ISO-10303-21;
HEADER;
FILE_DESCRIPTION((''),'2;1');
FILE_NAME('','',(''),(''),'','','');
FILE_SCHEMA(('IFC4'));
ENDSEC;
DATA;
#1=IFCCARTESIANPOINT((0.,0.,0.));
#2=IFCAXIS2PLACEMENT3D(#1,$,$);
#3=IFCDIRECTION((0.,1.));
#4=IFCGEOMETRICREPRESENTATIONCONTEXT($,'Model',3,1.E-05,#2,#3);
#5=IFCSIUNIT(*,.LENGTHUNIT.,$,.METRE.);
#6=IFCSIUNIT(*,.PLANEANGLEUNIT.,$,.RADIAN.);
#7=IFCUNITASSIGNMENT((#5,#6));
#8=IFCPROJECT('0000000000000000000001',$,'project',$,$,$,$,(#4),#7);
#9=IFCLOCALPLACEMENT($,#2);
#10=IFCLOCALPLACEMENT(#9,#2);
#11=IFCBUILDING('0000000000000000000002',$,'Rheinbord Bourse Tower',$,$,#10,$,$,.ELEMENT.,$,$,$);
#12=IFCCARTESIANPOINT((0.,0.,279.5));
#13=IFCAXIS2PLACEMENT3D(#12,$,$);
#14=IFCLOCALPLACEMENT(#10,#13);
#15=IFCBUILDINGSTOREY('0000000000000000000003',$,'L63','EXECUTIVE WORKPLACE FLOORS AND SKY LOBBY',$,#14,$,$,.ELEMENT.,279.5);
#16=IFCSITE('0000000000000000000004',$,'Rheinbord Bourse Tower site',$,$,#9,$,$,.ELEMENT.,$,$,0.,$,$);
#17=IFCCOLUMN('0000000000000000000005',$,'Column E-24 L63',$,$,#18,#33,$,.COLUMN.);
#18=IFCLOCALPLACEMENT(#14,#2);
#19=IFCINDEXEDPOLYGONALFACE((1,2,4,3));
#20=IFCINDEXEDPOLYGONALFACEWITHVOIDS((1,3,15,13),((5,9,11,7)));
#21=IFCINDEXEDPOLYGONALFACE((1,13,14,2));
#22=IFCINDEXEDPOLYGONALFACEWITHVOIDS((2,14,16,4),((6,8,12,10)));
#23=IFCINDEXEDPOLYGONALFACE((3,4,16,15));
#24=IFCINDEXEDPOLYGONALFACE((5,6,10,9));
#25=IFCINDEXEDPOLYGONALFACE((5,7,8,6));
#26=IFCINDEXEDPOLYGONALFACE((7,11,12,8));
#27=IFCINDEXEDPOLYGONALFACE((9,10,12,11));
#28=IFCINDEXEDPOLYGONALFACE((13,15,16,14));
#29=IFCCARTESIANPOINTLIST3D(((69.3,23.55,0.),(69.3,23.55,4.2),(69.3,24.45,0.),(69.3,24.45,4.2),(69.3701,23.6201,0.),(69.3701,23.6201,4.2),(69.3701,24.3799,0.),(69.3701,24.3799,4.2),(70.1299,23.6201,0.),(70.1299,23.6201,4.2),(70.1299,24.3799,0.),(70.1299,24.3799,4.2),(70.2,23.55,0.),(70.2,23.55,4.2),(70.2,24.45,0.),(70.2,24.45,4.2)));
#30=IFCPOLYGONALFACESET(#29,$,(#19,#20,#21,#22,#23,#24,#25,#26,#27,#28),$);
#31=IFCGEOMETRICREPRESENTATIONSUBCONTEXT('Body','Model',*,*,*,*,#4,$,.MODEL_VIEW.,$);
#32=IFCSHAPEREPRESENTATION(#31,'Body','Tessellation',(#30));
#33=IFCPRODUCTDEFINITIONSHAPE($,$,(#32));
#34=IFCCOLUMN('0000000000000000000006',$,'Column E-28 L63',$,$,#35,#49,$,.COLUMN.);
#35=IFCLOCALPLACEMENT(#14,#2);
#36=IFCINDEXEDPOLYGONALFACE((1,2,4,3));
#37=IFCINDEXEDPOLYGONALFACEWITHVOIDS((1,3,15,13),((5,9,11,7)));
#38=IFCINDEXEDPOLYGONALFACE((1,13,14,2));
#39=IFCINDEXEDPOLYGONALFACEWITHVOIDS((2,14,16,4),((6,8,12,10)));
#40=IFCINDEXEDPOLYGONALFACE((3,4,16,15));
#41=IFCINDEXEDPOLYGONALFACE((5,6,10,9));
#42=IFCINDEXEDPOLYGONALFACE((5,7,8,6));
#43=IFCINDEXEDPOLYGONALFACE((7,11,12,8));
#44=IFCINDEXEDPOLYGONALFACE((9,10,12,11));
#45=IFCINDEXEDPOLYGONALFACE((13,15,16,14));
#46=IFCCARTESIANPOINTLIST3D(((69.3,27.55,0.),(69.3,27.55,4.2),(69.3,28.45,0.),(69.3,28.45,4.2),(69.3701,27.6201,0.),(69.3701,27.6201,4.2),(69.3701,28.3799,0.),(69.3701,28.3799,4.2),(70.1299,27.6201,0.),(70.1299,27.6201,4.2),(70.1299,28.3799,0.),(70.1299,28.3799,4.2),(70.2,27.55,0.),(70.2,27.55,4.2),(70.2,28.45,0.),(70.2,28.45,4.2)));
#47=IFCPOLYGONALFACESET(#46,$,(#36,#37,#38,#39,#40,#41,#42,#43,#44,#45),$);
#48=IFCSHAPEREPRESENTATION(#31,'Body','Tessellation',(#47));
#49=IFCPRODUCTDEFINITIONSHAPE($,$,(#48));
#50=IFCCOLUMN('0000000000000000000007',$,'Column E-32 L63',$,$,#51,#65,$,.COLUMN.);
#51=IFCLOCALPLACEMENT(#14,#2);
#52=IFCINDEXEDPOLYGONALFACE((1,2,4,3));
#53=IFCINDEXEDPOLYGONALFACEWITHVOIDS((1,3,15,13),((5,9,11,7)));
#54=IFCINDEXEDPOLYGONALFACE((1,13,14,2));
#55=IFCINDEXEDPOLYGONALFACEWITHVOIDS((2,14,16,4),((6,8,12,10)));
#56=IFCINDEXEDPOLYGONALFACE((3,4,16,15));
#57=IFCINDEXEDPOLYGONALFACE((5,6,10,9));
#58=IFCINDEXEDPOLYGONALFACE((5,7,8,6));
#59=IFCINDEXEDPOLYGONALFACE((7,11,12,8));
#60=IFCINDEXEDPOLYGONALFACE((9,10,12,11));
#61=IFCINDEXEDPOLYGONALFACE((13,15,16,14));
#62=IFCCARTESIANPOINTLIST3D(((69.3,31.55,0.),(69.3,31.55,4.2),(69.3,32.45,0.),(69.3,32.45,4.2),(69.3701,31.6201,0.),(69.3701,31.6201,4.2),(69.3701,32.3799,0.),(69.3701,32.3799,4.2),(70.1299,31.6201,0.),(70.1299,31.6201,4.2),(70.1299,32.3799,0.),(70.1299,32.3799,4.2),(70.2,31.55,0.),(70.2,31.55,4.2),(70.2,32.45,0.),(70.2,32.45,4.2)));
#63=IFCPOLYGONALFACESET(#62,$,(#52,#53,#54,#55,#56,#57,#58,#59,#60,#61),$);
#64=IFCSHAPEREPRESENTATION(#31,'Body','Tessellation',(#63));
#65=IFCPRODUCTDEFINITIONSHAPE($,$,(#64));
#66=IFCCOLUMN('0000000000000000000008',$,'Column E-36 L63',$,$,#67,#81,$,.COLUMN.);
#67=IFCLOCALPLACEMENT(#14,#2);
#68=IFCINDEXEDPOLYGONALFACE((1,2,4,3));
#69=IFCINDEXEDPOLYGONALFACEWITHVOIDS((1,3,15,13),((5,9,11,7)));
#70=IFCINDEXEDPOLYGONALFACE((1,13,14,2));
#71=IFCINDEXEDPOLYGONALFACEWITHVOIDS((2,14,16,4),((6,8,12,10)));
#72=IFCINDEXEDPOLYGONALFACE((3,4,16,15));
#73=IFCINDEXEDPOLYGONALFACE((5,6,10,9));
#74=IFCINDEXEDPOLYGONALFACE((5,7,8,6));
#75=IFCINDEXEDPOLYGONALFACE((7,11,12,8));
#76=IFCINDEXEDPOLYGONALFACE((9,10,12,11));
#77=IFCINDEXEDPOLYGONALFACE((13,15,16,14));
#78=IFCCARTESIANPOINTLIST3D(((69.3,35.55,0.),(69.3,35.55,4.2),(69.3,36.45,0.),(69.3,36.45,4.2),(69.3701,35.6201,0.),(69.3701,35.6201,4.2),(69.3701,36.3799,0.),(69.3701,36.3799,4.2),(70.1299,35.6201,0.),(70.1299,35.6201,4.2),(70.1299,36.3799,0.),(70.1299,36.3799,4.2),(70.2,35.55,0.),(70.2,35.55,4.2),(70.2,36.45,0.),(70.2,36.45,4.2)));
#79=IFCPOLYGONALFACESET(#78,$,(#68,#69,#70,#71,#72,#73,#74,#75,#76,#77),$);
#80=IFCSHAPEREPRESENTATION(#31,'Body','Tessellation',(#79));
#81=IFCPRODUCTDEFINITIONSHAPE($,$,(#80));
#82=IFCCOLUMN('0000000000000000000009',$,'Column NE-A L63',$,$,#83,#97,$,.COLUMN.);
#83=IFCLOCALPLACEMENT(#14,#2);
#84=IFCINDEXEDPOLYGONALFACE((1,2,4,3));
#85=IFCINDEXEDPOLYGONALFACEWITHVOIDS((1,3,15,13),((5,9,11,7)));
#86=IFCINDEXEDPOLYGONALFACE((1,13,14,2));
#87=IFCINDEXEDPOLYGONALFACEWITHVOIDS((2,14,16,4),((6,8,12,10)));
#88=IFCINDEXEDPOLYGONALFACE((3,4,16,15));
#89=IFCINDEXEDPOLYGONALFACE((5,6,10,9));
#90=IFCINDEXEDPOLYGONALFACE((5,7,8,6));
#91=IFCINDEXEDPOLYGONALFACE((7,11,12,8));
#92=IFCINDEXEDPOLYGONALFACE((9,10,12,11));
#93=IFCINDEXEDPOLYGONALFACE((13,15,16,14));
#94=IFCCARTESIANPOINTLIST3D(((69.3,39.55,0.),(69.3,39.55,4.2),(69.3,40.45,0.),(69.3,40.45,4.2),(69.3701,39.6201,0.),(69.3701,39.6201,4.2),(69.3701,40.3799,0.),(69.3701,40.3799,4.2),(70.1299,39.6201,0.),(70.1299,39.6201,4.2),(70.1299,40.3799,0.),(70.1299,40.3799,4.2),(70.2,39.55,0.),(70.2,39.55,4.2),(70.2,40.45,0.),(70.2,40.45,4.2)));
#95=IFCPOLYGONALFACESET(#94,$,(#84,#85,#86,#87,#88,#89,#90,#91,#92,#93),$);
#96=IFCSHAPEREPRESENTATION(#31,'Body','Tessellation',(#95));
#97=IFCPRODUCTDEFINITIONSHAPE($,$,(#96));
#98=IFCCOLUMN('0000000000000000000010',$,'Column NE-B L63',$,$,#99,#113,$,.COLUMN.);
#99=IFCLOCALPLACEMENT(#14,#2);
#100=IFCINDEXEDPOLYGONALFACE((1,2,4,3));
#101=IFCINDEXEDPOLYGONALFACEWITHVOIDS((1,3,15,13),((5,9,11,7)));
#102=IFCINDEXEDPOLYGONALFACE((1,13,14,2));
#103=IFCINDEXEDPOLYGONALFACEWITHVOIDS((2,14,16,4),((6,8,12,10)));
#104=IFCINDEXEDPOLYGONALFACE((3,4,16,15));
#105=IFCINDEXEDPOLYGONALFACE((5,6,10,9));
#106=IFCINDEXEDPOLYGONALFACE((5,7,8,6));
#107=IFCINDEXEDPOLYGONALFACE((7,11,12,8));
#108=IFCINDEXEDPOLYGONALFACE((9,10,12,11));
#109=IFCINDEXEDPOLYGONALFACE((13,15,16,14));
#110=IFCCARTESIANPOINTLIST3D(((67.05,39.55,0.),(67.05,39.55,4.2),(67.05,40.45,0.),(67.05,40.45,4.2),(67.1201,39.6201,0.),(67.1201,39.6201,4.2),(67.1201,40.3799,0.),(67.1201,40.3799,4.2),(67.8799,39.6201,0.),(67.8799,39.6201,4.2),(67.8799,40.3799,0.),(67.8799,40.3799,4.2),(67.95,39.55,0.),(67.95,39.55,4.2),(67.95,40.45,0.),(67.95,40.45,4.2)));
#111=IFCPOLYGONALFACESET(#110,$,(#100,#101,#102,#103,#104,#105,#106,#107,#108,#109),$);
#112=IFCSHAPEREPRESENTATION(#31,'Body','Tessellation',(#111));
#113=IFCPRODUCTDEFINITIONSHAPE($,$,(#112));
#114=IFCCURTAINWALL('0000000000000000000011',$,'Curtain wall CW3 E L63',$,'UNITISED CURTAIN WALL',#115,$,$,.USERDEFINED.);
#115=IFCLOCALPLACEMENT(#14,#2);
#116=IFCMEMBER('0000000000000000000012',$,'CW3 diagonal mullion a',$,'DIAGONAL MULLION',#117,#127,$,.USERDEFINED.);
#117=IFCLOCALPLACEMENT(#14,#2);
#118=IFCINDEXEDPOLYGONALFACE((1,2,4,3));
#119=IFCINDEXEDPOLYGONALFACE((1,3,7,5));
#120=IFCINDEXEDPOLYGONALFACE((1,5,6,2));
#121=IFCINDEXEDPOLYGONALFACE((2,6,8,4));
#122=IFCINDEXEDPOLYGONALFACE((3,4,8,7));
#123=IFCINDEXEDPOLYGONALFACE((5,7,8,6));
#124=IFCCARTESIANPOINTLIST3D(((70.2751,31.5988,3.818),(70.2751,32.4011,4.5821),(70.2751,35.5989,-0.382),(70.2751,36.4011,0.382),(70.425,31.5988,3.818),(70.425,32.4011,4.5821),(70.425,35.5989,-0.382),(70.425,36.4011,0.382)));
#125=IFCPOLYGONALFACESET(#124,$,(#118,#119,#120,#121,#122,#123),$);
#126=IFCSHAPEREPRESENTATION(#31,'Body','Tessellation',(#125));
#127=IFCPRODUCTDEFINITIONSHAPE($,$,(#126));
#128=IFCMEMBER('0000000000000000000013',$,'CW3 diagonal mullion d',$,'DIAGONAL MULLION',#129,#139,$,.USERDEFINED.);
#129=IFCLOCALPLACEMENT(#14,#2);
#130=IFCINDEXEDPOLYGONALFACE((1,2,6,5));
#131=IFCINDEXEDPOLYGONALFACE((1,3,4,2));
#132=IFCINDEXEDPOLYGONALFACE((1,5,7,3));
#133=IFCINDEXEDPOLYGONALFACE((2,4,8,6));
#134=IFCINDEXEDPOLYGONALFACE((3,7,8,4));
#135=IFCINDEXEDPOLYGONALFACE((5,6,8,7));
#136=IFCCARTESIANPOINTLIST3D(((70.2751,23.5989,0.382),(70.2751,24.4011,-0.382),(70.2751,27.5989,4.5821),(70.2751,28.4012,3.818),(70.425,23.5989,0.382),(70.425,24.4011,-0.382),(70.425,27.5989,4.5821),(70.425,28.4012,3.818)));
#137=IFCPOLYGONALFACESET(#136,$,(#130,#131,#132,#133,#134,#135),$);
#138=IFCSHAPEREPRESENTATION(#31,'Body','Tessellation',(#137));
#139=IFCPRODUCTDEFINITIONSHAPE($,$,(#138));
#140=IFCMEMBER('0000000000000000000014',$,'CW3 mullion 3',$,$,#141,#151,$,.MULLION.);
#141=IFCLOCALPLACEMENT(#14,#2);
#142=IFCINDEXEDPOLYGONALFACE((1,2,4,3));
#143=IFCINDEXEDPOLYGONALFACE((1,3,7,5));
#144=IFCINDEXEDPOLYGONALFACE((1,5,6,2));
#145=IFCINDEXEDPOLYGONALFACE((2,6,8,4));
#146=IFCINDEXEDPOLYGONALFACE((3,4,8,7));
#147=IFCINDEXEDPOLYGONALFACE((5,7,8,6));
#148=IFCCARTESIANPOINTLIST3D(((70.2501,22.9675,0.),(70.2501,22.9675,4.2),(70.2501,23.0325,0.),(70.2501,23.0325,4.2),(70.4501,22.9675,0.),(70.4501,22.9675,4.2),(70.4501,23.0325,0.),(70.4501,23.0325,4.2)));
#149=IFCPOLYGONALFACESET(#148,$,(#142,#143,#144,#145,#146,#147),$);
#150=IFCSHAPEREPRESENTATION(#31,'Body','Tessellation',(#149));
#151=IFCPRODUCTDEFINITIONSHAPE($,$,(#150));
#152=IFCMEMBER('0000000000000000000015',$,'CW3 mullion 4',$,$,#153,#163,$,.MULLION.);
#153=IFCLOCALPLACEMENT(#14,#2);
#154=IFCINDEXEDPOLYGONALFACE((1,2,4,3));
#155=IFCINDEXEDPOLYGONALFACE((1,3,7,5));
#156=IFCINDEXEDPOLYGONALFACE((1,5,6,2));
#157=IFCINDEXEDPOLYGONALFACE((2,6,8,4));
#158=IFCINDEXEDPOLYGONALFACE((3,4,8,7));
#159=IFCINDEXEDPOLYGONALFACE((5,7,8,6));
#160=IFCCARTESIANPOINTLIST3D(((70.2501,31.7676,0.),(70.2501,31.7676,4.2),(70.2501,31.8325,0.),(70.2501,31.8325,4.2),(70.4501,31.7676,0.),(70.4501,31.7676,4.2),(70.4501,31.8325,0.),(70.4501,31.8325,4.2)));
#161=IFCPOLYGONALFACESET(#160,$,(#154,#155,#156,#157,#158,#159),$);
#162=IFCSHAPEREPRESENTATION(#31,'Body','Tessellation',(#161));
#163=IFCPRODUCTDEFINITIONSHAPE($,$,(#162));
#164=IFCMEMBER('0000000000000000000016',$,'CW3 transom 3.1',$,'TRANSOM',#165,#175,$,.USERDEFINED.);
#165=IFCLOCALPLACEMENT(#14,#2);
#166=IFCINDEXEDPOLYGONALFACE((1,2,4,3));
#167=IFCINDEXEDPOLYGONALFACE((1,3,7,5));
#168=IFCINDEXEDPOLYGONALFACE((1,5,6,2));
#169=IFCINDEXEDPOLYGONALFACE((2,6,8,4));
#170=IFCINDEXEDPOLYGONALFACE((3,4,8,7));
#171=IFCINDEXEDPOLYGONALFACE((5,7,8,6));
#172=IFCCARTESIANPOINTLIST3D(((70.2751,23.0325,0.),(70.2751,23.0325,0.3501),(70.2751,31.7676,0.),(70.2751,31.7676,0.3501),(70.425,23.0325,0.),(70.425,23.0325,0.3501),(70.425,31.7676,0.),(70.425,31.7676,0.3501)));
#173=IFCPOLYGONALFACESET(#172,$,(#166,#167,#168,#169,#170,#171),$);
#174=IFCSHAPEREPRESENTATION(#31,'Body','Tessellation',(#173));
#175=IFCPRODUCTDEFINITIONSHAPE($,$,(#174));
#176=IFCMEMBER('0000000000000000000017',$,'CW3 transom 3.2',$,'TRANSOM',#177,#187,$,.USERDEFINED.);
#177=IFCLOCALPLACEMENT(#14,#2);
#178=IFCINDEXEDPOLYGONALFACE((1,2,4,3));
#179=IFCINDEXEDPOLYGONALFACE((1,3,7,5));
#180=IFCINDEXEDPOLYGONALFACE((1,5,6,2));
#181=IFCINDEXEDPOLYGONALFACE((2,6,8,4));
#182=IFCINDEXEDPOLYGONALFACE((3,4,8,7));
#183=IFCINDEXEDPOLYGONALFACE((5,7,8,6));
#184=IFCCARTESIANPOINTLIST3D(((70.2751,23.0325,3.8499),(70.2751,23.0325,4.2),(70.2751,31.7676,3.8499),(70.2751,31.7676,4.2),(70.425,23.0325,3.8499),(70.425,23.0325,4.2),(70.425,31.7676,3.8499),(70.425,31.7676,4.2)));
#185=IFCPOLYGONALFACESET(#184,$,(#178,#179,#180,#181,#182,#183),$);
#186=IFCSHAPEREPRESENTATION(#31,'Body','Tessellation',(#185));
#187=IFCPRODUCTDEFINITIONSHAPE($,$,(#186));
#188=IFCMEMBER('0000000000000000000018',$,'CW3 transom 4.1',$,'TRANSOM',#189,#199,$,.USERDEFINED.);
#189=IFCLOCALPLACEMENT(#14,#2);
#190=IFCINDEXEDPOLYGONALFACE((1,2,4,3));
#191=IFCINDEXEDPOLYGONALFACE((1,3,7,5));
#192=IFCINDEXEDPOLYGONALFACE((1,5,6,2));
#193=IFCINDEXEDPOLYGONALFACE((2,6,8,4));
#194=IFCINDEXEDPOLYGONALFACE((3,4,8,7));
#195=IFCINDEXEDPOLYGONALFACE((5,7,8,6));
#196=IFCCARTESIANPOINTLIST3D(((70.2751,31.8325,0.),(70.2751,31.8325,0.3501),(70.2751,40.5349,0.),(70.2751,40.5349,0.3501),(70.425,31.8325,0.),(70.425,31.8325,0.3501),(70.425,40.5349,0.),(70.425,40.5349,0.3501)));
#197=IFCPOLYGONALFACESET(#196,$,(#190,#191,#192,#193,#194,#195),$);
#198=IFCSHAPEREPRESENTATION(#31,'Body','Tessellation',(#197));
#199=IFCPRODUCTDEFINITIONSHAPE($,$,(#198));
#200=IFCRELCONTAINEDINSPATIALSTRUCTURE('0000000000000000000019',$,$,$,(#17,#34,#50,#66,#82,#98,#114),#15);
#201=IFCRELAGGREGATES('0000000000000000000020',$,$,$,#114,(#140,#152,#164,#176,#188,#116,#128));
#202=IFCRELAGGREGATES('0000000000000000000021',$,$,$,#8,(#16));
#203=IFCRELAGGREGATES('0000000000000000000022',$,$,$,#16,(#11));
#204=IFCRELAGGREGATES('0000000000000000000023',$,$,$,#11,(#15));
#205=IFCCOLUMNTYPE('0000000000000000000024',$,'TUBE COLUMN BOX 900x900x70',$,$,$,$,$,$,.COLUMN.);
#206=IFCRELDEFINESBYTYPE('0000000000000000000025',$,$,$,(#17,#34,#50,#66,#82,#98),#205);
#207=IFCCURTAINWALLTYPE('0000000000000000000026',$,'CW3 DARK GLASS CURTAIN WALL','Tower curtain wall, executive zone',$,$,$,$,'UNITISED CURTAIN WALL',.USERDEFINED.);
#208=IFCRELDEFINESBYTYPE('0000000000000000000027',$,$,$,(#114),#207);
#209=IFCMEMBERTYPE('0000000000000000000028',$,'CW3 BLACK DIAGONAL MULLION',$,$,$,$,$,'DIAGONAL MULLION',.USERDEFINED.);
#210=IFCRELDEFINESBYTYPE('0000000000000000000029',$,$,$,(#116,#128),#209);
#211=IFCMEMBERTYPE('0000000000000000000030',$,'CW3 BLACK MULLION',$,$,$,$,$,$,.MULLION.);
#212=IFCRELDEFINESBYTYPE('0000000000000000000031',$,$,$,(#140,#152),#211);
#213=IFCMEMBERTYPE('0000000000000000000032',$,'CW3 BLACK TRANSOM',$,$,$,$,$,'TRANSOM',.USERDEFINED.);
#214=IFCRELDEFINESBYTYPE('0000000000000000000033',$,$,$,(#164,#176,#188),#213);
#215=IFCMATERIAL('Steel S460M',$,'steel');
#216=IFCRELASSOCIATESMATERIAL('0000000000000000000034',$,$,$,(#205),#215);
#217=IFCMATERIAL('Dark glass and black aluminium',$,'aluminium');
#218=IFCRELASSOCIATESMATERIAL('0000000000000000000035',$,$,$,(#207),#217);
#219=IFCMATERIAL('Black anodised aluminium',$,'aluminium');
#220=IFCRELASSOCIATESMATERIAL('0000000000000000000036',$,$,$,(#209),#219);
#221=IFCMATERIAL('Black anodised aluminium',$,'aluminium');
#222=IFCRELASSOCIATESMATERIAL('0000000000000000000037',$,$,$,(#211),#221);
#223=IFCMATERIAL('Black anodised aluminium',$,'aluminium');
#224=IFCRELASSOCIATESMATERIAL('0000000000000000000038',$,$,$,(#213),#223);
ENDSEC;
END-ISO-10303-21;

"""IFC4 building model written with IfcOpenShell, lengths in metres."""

from ifc_helpers import new_model, si_unit, direction, frame, origin, origin_2d, place, context, subcontext, project, spatial, rectangle, hollow_rectangle, extrude, material, material_profile, profile_set, type_object, element, aggregate, save


model = new_model("IFC4")

# Units and contexts
model_context = context("Model", 3, precision=1e-05, world=origin(), true_north=direction((0.0, 1.0)))
body_context = subcontext(model_context, "Body", "Model", "MODEL_VIEW")
ifc_project = project(units=[si_unit("LENGTHUNIT", "METRE"), si_unit("PLANEANGLEUNIT", "RADIAN")], contexts=[model_context])

# Site, building, storey
site_placement = place(None, origin())
site = spatial("IfcSite", under=ifc_project, at=site_placement, Name="Rheinbord Bourse Tower site", CompositionType="ELEMENT", RefElevation=0.0)
building_placement = place(site_placement, origin())
building = spatial("IfcBuilding", under=site, at=building_placement, Name="Rheinbord Bourse Tower", CompositionType="ELEMENT")
storey_placement = place(building_placement, frame((0.0, 0.0, 279.5)))
storey = spatial("IfcBuildingStorey", under=building, at=storey_placement, Name="L63", Description="EXECUTIVE WORKPLACE FLOORS AND SKY LOBBY", CompositionType="ELEMENT", Elevation=279.5)

# Columns
ifc_material_1 = material(Name="Steel S460M", Category="steel")
ifc_material_profile_1 = material_profile(ifc_material_1, hollow_rectangle(XDim=0.8999, YDim=0.8999, WallThickness=0.0701, at=origin_2d()), Name="BOX 900x900x70")
ifc_profile_set_1 = profile_set([ifc_material_profile_1], Name="Steel S460M")
column_type = type_object("IfcColumnType", Name="TUBE COLUMN BOX 900x900x70", PredefinedType="COLUMN", material=ifc_profile_set_1)
for number, where, z_axis, x_axis, name in (
    (1, (69.75, 24.0, 0.0), (0.0, 0.0, 1.0), (1.0, 0.0, 0.0), "Column E-24 L63"),
    (2, (69.75, 28.0, 0.0), (0.0, 0.0, 1.0), (1.0, 0.0, 0.0), "Column E-28 L63"),
    (3, (69.75, 32.0, 0.0), (0.0, 0.0, 1.0), (1.0, 0.0, 0.0), "Column E-32 L63"),
    (4, (69.75, 36.0, 0.0), (0.0, 0.0, 1.0), (1.0, 0.0, 0.0), "Column E-36 L63"),
    (5, (69.75, 40.0, 0.0), (0.0, 0.0, 1.0), (1.0, 0.0, 0.0), "Column NE-A L63"),
    (6, (67.5, 40.0, 0.0), (0.0, 0.0, 1.0), (1.0, 0.0, 0.0), "Column NE-B L63"),
):
    element("IfcColumn", number, at=place(storey_placement, frame(where, z_axis=z_axis, x_axis=x_axis)), inside=storey, type_object=column_type, Name=name, PredefinedType="COLUMN", context=body_context, shape_type="SweptSolid", body=[
        extrude(hollow_rectangle(XDim=0.8999, YDim=0.8999, WallThickness=0.0701, at=origin_2d()), origin(), (0.0, 0.0, 1.0), 4.2),
    ])

# Curtain wall, members
ifc_material_2 = material(Name="Dark glass and black aluminium", Category="aluminium")
curtain_wall_type = type_object("IfcCurtainWallType", Name="CW3 DARK GLASS CURTAIN WALL", Description="Tower curtain wall, executive zone", ElementType="UNITISED CURTAIN WALL", PredefinedType="USERDEFINED", material=ifc_material_2)
curtain_wall_placement = place(storey_placement, origin())
curtain_wall = element("IfcCurtainWall", 7, at=curtain_wall_placement, inside=storey, type_object=curtain_wall_type, Name="Curtain wall CW3 E L63", ObjectType="UNITISED CURTAIN WALL", PredefinedType="USERDEFINED")
ifc_material_3 = material(Name="Black anodised aluminium", Category="aluminium")
ifc_material_profile_2 = material_profile(ifc_material_3, rectangle(XDim=0.1499, YDim=1.1079, at=origin_2d()), Name="CW3 DIAGONAL MULLION 1108x150")
ifc_profile_set_2 = profile_set([ifc_material_profile_2], Name="Black anodised aluminium")
member_type_1 = type_object("IfcMemberType", Name="CW3 BLACK DIAGONAL MULLION", ElementType="DIAGONAL MULLION", PredefinedType="USERDEFINED", material=ifc_profile_set_2)
member_1_placement = place(storey_placement, frame((70.3501, 36.0, 0.0), z_axis=(0.0, -0.689659, 0.724134), x_axis=(1.0, 0.0, 0.0)))
member_1 = element("IfcMember", 8, at=member_1_placement, type_object=member_type_1, Name="CW3 diagonal mullion a", ObjectType="DIAGONAL MULLION", PredefinedType="USERDEFINED", context=body_context, shape_type="SweptSolid", body=[
    extrude(rectangle(XDim=0.1499, YDim=1.1079, at=origin_2d()), origin(), (0.0, 0.0, 1.0), 5.8),
])
member_2_placement = place(storey_placement, frame((70.3501, 24.0, 0.0), z_axis=(0.0, 0.689659, 0.724134), x_axis=(-1.0, 0.0, 0.0)))
member_2 = element("IfcMember", 9, at=member_2_placement, type_object=member_type_1, Name="CW3 diagonal mullion d", ObjectType="DIAGONAL MULLION", PredefinedType="USERDEFINED", context=body_context, shape_type="SweptSolid", body=[
    extrude(rectangle(XDim=0.1499, YDim=1.1079, at=origin_2d()), origin(), (0.0, 0.0, 1.0), 5.8),
])
ifc_material_4 = material(Name="Black anodised aluminium", Category="aluminium")
ifc_material_profile_3 = material_profile(ifc_material_4, rectangle(XDim=0.2, YDim=0.0649, at=origin_2d()), Name="CW3 MULLION 65x200")
ifc_profile_set_3 = profile_set([ifc_material_profile_3], Name="Black anodised aluminium")
member_type_2 = type_object("IfcMemberType", Name="CW3 BLACK MULLION", PredefinedType="MULLION", material=ifc_profile_set_3)
member_3_placement = place(storey_placement, frame((70.3501, 23.0, 0.0), z_axis=(0.0, 0.0, 1.0), x_axis=(-1.0, 0.0, 0.0)))
member_3 = element("IfcMember", 10, at=member_3_placement, type_object=member_type_2, Name="CW3 mullion 3", PredefinedType="MULLION", context=body_context, shape_type="SweptSolid", body=[
    extrude(rectangle(XDim=0.2, YDim=0.0649, at=origin_2d()), origin(), (0.0, 0.0, 1.0), 4.2),
])
member_4_placement = place(storey_placement, frame((70.3501, 31.8, 0.0), z_axis=(0.0, 0.0, 1.0), x_axis=(-1.0, 0.0, 0.0)))
member_4 = element("IfcMember", 11, at=member_4_placement, type_object=member_type_2, Name="CW3 mullion 4", PredefinedType="MULLION", context=body_context, shape_type="SweptSolid", body=[
    extrude(rectangle(XDim=0.2, YDim=0.0649, at=origin_2d()), origin(), (0.0, 0.0, 1.0), 4.2),
])
ifc_material_5 = material(Name="Black anodised aluminium", Category="aluminium")
ifc_material_profile_4 = material_profile(ifc_material_5, rectangle(XDim=0.1499, YDim=0.3501, at=origin_2d()), Name="CW3 TRANSOM 350x150")
ifc_profile_set_4 = profile_set([ifc_material_profile_4], Name="Black anodised aluminium")
member_type_3 = type_object("IfcMemberType", Name="CW3 BLACK TRANSOM", ElementType="TRANSOM", PredefinedType="USERDEFINED", material=ifc_profile_set_4)
member_5_placement = place(storey_placement, frame((70.3501, 23.0325, 0.175), z_axis=(0.0, 1.0, 0.0), x_axis=(-1.0, 0.0, 0.0)))
member_5 = element("IfcMember", 12, at=member_5_placement, type_object=member_type_3, Name="CW3 transom 3.1", ObjectType="TRANSOM", PredefinedType="USERDEFINED", context=body_context, shape_type="SweptSolid", body=[
    extrude(rectangle(XDim=0.1499, YDim=0.3501, at=origin_2d()), origin(), (0.0, 0.0, 1.0), 8.7351),
])
member_6_placement = place(storey_placement, frame((70.3501, 23.0325, 4.0249), z_axis=(0.0, 1.0, 0.0), x_axis=(-1.0, 0.0, 0.0)))
member_6 = element("IfcMember", 13, at=member_6_placement, type_object=member_type_3, Name="CW3 transom 3.2", ObjectType="TRANSOM", PredefinedType="USERDEFINED", context=body_context, shape_type="SweptSolid", body=[
    extrude(rectangle(XDim=0.1499, YDim=0.3501, at=origin_2d()), origin(), (0.0, 0.0, 1.0), 8.7351),
])
member_7_placement = place(storey_placement, frame((70.3501, 31.8325, 0.175), z_axis=(0.0, 1.0, 0.0), x_axis=(-1.0, 0.0, 0.0)))
member_7 = element("IfcMember", 14, at=member_7_placement, type_object=member_type_3, Name="CW3 transom 4.1", ObjectType="TRANSOM", PredefinedType="USERDEFINED", context=body_context, shape_type="SweptSolid", body=[
    extrude(rectangle(XDim=0.1499, YDim=0.3501, at=origin_2d()), origin(), (0.0, 0.0, 1.0), 8.7024),
])

aggregate(curtain_wall, [member_3, member_4, member_5, member_6, member_7, member_1, member_2])

save(model, "model.ifc")
